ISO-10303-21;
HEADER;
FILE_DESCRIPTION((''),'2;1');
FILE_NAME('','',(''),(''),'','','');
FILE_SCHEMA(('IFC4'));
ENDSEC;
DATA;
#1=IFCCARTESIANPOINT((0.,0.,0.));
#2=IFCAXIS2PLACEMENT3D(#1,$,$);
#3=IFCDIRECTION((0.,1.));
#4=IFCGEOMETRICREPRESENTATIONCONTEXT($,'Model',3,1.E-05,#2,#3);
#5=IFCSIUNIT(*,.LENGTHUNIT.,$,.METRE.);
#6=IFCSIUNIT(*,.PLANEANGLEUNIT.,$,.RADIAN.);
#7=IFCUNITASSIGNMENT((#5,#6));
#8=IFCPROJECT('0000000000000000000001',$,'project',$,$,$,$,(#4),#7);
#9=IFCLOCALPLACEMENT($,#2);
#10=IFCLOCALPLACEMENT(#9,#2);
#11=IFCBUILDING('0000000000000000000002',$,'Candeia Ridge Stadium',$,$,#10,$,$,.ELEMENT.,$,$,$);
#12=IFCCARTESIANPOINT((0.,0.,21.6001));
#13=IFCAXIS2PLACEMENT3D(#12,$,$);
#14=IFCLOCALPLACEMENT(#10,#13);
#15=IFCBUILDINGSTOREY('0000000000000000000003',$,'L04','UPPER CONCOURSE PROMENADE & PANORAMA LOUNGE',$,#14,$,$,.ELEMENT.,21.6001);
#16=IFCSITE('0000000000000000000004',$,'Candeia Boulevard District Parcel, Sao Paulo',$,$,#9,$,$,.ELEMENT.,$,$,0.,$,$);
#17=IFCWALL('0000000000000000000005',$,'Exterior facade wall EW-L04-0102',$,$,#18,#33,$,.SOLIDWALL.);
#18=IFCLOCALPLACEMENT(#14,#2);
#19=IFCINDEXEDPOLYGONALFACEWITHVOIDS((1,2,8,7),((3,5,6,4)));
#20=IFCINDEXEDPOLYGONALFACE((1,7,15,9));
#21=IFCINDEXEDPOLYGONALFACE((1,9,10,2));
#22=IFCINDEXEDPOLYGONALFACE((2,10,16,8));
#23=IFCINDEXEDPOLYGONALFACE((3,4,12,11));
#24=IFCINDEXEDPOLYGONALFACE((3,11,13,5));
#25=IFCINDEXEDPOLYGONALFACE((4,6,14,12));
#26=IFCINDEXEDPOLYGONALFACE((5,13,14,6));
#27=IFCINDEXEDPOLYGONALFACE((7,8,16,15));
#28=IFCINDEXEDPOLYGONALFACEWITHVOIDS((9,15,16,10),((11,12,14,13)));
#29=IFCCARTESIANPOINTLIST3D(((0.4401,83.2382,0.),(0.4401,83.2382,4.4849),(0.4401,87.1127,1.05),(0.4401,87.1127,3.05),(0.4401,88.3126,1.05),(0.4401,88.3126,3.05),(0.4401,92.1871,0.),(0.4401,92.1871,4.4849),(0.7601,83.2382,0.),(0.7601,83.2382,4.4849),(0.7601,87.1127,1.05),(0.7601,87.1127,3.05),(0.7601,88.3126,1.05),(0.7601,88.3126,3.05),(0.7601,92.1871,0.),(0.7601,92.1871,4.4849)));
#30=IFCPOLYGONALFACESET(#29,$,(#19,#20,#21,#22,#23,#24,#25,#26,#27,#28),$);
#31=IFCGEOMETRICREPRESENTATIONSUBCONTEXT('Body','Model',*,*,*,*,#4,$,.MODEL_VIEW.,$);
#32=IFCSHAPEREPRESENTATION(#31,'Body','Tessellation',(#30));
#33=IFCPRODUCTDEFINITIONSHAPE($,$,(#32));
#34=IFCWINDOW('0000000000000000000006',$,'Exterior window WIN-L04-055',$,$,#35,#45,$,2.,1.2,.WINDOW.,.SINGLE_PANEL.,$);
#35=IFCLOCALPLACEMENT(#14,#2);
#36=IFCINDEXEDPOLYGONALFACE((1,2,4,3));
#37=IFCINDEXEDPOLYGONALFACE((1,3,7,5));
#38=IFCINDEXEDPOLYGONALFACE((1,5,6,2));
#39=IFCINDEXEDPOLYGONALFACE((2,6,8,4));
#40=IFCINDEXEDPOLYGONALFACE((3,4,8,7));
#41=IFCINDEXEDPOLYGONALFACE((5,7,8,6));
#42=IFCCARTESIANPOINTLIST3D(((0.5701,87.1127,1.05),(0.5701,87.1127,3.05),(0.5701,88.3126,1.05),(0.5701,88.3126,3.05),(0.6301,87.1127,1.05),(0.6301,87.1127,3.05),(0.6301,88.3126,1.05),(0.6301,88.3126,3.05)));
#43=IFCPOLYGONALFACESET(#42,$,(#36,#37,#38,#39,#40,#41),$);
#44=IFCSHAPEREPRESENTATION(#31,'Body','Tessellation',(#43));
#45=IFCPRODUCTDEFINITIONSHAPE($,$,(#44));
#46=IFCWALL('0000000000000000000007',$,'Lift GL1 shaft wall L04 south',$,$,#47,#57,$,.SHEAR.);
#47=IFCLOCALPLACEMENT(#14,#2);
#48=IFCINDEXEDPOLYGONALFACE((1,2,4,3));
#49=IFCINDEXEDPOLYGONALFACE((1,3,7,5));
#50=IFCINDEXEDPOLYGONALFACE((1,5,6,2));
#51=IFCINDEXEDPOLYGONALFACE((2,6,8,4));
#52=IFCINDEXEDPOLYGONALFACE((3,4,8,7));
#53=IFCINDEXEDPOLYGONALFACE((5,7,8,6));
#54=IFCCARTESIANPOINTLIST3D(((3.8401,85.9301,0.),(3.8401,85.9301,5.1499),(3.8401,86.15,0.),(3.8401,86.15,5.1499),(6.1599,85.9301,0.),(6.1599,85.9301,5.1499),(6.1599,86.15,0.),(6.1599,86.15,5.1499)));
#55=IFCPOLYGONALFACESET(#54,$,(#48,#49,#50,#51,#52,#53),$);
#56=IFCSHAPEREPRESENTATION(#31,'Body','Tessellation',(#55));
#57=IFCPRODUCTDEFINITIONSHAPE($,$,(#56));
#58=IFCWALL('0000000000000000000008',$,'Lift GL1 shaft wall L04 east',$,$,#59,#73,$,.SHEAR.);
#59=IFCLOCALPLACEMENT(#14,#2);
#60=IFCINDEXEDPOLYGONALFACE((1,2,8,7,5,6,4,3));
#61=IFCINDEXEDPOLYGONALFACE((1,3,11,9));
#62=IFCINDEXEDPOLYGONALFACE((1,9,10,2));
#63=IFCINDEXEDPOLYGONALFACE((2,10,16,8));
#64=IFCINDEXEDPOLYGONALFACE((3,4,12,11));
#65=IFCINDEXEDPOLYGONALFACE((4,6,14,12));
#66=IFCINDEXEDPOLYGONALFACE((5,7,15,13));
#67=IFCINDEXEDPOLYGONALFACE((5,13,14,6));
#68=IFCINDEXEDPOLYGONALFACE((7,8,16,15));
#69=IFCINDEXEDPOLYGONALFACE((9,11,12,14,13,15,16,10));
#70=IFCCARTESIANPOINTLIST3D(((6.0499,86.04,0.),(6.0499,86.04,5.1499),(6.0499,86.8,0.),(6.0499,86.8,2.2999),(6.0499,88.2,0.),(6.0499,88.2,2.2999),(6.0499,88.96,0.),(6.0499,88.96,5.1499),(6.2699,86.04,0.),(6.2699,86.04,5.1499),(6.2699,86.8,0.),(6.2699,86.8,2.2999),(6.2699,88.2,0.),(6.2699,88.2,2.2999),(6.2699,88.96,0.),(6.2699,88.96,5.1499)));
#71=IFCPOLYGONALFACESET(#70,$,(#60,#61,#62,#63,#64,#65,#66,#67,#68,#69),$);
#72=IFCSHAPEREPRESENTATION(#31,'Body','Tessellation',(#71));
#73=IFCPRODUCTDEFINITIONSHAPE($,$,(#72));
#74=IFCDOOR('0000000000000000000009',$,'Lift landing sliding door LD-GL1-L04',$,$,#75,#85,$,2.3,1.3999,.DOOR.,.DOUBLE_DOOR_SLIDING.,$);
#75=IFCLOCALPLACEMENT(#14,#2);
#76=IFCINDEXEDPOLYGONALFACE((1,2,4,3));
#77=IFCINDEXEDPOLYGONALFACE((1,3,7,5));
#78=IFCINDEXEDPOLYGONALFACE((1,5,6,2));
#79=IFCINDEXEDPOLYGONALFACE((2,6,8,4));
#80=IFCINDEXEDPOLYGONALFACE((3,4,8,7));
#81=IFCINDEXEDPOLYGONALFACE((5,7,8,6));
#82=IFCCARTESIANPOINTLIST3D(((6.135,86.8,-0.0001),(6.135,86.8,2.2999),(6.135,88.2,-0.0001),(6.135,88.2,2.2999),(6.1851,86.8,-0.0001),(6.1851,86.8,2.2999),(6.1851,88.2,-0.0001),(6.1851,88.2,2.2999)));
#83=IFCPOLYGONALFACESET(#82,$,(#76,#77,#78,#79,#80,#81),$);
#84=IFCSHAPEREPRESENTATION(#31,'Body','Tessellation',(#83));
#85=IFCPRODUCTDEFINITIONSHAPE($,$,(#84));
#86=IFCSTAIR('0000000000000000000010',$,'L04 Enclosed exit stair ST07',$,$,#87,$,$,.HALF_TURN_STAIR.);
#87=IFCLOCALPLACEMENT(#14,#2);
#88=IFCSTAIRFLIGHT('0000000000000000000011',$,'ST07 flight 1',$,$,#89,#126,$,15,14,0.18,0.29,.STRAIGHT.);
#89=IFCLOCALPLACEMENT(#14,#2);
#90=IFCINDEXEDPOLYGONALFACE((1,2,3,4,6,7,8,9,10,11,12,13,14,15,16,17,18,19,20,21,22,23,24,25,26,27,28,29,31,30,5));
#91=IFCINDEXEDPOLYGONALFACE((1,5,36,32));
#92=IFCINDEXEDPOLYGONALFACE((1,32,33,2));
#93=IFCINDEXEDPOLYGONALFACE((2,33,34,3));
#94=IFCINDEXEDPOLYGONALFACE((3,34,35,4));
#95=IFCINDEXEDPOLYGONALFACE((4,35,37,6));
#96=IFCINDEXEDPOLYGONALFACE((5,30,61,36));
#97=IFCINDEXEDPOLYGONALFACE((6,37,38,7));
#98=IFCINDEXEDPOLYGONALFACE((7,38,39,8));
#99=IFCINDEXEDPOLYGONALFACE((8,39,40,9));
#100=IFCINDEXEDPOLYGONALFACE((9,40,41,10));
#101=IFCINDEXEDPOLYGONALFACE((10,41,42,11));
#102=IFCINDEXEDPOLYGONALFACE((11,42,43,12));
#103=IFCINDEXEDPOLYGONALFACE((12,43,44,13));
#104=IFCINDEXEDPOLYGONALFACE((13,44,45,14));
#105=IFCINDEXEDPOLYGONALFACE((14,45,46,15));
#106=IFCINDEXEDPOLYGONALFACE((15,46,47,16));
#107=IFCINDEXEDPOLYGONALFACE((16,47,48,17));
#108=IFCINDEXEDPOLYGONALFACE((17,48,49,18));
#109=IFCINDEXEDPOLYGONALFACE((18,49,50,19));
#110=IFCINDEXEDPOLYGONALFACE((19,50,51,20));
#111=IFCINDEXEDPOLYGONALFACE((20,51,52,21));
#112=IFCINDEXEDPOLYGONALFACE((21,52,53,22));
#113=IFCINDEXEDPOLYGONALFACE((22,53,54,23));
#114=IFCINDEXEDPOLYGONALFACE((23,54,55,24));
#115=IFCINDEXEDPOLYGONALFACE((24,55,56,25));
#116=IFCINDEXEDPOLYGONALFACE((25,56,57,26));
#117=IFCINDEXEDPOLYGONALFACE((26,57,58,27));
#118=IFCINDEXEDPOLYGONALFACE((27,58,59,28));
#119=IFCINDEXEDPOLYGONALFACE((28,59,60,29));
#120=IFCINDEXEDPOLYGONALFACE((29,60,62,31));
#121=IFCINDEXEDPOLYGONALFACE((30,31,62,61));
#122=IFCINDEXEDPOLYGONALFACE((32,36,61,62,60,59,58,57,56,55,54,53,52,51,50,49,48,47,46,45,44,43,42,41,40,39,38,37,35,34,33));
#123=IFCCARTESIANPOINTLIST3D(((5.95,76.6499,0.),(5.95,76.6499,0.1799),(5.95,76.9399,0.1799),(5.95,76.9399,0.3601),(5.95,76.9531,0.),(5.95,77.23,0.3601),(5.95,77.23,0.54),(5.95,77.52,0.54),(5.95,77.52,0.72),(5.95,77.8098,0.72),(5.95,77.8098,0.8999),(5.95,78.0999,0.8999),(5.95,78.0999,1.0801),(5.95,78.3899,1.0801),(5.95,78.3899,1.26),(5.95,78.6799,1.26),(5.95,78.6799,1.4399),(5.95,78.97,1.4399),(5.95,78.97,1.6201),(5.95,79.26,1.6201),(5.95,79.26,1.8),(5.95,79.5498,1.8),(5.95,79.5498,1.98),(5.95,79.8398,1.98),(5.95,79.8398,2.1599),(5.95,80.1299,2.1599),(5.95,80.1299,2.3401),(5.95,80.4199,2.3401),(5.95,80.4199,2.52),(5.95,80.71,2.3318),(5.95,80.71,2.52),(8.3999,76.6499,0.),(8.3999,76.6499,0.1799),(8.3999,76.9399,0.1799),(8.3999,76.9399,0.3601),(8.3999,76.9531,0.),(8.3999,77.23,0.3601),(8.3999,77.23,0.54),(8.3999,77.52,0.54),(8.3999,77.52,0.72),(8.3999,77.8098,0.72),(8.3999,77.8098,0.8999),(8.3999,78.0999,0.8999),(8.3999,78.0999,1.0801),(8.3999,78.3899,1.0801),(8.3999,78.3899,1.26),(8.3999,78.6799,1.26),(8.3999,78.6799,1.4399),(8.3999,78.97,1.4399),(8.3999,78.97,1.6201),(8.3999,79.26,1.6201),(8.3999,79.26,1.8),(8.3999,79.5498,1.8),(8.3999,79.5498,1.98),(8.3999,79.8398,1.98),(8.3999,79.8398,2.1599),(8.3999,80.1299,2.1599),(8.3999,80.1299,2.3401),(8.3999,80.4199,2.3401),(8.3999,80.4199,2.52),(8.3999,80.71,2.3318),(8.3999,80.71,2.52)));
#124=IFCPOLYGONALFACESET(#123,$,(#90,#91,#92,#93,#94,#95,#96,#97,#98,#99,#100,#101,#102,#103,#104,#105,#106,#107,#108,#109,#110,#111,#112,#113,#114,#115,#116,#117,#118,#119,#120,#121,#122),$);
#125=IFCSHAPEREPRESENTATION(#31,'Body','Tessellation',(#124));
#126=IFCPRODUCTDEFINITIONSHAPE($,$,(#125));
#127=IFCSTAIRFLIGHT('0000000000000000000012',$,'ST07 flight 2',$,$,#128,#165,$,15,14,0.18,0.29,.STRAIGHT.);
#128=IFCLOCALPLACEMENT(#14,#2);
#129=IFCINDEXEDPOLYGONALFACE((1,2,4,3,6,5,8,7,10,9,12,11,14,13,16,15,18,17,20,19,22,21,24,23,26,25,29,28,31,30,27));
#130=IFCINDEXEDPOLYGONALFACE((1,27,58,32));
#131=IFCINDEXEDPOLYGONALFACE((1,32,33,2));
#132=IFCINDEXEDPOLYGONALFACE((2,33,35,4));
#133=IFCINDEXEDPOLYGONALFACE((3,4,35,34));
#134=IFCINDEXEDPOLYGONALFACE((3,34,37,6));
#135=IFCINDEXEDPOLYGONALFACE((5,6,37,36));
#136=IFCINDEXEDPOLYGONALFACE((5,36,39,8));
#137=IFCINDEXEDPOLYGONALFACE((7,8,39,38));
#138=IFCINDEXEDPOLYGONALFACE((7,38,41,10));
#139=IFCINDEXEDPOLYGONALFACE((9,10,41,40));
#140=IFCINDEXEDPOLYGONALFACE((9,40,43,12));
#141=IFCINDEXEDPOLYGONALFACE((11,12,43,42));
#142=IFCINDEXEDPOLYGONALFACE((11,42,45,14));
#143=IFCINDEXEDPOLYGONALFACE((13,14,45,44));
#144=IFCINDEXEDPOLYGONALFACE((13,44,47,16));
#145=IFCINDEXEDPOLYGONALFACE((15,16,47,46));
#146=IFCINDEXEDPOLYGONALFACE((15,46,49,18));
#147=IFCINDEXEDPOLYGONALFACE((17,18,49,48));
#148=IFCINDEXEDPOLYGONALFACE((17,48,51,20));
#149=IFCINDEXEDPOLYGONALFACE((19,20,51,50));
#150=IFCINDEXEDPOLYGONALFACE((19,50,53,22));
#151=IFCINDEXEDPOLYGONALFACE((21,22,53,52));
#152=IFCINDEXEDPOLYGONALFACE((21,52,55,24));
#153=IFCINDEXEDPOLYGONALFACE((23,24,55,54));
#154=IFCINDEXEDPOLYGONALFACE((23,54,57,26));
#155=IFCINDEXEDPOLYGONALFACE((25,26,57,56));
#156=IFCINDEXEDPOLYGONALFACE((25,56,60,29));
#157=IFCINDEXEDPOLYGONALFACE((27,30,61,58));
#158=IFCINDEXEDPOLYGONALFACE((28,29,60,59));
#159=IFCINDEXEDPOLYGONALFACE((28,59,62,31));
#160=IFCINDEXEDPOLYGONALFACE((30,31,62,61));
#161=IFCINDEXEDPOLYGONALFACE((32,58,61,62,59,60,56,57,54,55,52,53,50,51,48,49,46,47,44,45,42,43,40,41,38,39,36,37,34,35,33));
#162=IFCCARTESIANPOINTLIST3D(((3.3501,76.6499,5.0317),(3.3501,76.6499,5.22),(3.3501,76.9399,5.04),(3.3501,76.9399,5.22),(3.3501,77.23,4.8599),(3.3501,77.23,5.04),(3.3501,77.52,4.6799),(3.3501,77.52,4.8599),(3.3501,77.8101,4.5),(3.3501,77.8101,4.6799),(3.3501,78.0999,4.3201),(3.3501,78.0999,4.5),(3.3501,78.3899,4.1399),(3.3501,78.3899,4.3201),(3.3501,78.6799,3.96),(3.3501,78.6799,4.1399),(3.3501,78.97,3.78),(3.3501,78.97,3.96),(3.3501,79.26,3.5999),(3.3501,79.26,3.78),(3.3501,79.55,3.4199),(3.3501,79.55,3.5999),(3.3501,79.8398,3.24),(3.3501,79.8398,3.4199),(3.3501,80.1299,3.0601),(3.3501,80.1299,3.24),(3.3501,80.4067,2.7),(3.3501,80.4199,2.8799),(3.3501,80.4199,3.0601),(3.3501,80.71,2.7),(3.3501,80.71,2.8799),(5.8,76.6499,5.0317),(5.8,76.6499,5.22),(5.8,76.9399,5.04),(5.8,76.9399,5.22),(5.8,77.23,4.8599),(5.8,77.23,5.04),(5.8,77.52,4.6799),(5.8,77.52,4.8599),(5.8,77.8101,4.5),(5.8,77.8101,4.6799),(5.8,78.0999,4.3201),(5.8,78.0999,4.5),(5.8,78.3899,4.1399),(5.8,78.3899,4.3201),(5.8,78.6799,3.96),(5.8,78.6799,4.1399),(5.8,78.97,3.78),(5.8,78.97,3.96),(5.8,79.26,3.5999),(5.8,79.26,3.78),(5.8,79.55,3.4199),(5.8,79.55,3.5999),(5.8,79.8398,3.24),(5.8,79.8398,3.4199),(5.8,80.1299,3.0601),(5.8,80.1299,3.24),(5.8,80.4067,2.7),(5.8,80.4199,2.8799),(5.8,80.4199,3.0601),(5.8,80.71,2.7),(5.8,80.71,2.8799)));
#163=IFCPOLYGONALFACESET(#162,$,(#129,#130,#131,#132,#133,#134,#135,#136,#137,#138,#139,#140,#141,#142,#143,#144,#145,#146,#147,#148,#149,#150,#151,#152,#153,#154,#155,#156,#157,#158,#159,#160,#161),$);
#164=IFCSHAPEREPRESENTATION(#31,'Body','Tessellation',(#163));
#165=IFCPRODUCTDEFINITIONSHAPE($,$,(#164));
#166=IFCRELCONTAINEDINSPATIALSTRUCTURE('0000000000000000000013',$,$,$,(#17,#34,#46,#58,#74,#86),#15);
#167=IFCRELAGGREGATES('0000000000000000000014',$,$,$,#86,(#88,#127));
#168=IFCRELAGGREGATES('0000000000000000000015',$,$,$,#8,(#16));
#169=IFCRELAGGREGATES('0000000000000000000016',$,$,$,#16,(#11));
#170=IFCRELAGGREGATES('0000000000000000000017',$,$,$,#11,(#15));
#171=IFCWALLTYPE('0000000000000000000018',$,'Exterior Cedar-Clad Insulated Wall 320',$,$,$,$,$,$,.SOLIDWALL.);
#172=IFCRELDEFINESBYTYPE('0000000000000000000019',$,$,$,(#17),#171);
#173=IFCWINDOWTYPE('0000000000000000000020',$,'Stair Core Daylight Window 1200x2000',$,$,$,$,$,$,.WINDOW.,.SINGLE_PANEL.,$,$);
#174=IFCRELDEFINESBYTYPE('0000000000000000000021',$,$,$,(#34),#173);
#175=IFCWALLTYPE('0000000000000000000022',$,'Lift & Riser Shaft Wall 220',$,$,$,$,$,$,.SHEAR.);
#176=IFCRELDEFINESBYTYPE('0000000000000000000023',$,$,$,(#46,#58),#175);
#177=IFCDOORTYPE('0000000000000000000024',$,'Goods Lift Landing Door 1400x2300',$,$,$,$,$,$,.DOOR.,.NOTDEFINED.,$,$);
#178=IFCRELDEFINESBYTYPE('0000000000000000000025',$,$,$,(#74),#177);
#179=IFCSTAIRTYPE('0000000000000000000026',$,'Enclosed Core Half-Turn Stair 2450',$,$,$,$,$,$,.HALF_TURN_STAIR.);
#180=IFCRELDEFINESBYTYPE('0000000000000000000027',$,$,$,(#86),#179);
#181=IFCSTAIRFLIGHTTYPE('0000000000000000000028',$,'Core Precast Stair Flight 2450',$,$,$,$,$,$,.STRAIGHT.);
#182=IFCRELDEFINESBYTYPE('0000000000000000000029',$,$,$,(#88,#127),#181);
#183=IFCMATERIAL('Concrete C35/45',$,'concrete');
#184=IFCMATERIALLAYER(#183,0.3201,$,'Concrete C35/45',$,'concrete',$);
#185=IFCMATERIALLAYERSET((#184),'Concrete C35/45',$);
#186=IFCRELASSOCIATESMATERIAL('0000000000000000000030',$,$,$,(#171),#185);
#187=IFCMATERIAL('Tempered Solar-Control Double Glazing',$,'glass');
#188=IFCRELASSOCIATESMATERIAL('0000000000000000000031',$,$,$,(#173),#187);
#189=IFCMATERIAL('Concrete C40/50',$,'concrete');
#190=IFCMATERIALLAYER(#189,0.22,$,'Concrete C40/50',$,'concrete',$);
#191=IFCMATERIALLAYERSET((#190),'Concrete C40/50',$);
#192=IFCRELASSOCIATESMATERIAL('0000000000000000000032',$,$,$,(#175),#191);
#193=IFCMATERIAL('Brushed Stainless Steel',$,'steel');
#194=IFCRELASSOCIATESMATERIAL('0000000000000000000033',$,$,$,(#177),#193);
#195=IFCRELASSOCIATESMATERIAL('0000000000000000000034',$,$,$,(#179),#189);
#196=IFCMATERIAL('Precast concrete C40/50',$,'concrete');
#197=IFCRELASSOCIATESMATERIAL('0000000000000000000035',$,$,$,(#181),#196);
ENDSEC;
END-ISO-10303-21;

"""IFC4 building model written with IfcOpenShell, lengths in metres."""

from ifc_helpers import new_model, si_unit, direction, frame, frame_2d, origin, place, context, subcontext, project, spatial, polyline, rectangle, outline, extrude, material, layer, layer_set, type_object, element, fill, aggregate, save


model = new_model("IFC4")

# Units and contexts
model_context = context("Model", 3, precision=1e-05, world=origin(), true_north=direction((0.0, 1.0)))
body_context = subcontext(model_context, "Body", "Model", "MODEL_VIEW")
ifc_project = project(units=[si_unit("LENGTHUNIT", "METRE"), si_unit("PLANEANGLEUNIT", "RADIAN")], contexts=[model_context])

# Site, building, storey
site_placement = place(None, origin())
site = spatial("IfcSite", under=ifc_project, at=site_placement, Name="Candeia Boulevard District Parcel, Sao Paulo", CompositionType="ELEMENT", RefElevation=0.0)
building_placement = place(site_placement, origin())
building = spatial("IfcBuilding", under=site, at=building_placement, Name="Candeia Ridge Stadium", CompositionType="ELEMENT")
storey_placement = place(building_placement, frame((0.0, 0.0, 21.6001)))
storey = spatial("IfcBuildingStorey", under=building, at=storey_placement, Name="L04", Description="UPPER CONCOURSE PROMENADE & PANORAMA LOUNGE", CompositionType="ELEMENT", Elevation=21.6001)

# Shared definitions
ifc_material_1 = material(Name="Concrete C40/50", Category="concrete")

# Wall, opening, window
ifc_material_2 = material(Name="Concrete C35/45", Category="concrete")
ifc_layer_1 = layer(ifc_material_2, 0.3201, Name="Concrete C35/45", Category="concrete")
ifc_layer_set_1 = layer_set([ifc_layer_1], Name="Concrete C35/45")
wall_type_1 = type_object("IfcWallType", Name="Exterior Cedar-Clad Insulated Wall 320", PredefinedType="SOLIDWALL", material=ifc_layer_set_1)
wall_1_placement = place(storey_placement, frame((0.6001, 83.238, 0.0), z_axis=(0.0, 0.0, 1.0), x_axis=(0.0, 1.0, 0.0)))
wall_1 = element("IfcWall", 1, at=wall_1_placement, inside=storey, type_object=wall_type_1, Name="Exterior facade wall EW-L04-0102", PredefinedType="SOLIDWALL", context=body_context, shape_type="SweptSolid", body=[
    extrude(rectangle(XDim=8.949, YDim=0.3201, at=frame_2d((4.4746, 0.0))), origin(), (0.0, 0.0, 1.0), 4.4849),
])
opening_1_placement = place(wall_1_placement, frame((3.8745, 0.0, 1.05)))
opening_1 = element("IfcOpeningElement", 2, at=opening_1_placement, cuts=wall_1, PredefinedType="OPENING", context=body_context, shape_type="SweptSolid", body=[
    extrude(rectangle(XDim=1.2, YDim=2.0, at=frame_2d((0.6001, 1.0))), frame((0.0, 0.1699, 0.0), z_axis=(0.0, -1.0, 0.0), x_axis=(1.0, 0.0, 0.0)), (0.0, 0.0, 1.0), 0.3401),
])
ifc_material_3 = material(Name="Tempered Solar-Control Double Glazing", Category="glass")
window_type = type_object("IfcWindowType", Name="Stair Core Daylight Window 1200x2000", PartitioningType="SINGLE_PANEL", PredefinedType="WINDOW", material=ifc_material_3)
window_placement = place(opening_1_placement, origin())
window = element("IfcWindow", 3, at=window_placement, inside=storey, type_object=window_type, Name="Exterior window WIN-L04-055", OverallHeight=2.0, OverallWidth=1.2, PartitioningType="SINGLE_PANEL", PredefinedType="WINDOW", context=body_context, shape_type="SweptSolid", body=[
    extrude(rectangle(XDim=1.2, YDim=2.0, at=frame_2d((0.6001, 1.0))), frame((0.0, 0.03, 0.0), z_axis=(0.0, -1.0, 0.0), x_axis=(1.0, 0.0, 0.0)), (0.0, 0.0, 1.0), 0.0601),
])
fill(opening_1, window)

# Wall
ifc_layer_2 = layer(ifc_material_1, 0.22, Name="Concrete C40/50", Category="concrete")
ifc_layer_set_2 = layer_set([ifc_layer_2], Name="Concrete C40/50")
wall_type_2 = type_object("IfcWallType", Name="Lift & Riser Shaft Wall 220", PredefinedType="SHEAR", material=ifc_layer_set_2)
wall_2_placement = place(storey_placement, frame((3.8401, 86.04, 0.0), z_axis=(0.0, 0.0, 1.0), x_axis=(1.0, 0.0, 0.0)))
element("IfcWall", 4, at=wall_2_placement, inside=storey, type_object=wall_type_2, Name="Lift GL1 shaft wall L04 south", PredefinedType="SHEAR", context=body_context, shape_type="SweptSolid", body=[
    extrude(rectangle(XDim=2.3198, YDim=0.22, at=frame_2d((1.1599, 0.0))), origin(), (0.0, 0.0, 1.0), 5.1499),
])

# Wall, opening, door
wall_3_placement = place(storey_placement, frame((6.1599, 86.04, 0.0), z_axis=(0.0, 0.0, 1.0), x_axis=(0.0, 1.0, 0.0)))
wall_3 = element("IfcWall", 5, at=wall_3_placement, inside=storey, type_object=wall_type_2, Name="Lift GL1 shaft wall L04 east", PredefinedType="SHEAR", context=body_context, shape_type="SweptSolid", body=[
    extrude(rectangle(XDim=2.9199, YDim=0.22, at=frame_2d((1.46, 0.0))), origin(), (0.0, 0.0, 1.0), 5.1499),
])
opening_2_placement = place(wall_3_placement, frame((0.76, 0.0, 0.0)))
opening_2 = element("IfcOpeningElement", 6, at=opening_2_placement, cuts=wall_3, PredefinedType="OPENING", context=body_context, shape_type="SweptSolid", body=[
    extrude(rectangle(XDim=1.3999, YDim=2.3, at=frame_2d((0.7, 1.1499))), frame((0.0, 0.1199, 0.0), z_axis=(0.0, -1.0, 0.0), x_axis=(1.0, 0.0, 0.0)), (0.0, 0.0, 1.0), 0.24),
])
ifc_material_4 = material(Name="Brushed Stainless Steel", Category="steel")
door_type_1 = type_object("IfcDoorType", Name="Goods Lift Landing Door 1400x2300", OperationType="NOTDEFINED", PredefinedType="DOOR", material=ifc_material_4)
door_1_placement = place(opening_2_placement, origin())
door_1 = element("IfcDoor", 7, at=door_1_placement, inside=storey, type_object=door_type_1, Name="Lift landing sliding door LD-GL1-L04", OperationType="DOUBLE_DOOR_SLIDING", OverallHeight=2.3, OverallWidth=1.3999, PredefinedType="DOOR", context=body_context, shape_type="SweptSolid", body=[
    extrude(rectangle(XDim=1.3999, YDim=2.3, at=frame_2d((0.7, 1.1499))), frame((0.0, 0.0249, 0.0), z_axis=(0.0, -1.0, 0.0), x_axis=(1.0, 0.0, 0.0)), (0.0, 0.0, 1.0), 0.05),
])
fill(opening_2, door_1)

# Stair, stair flights
stair_type = type_object("IfcStairType", Name="Enclosed Core Half-Turn Stair 2450", PredefinedType="HALF_TURN_STAIR", material=ifc_material_1)
stair_placement = place(storey_placement, origin())
stair = element("IfcStair", 8, at=stair_placement, inside=storey, type_object=stair_type, Name="L04 Enclosed exit stair ST07", PredefinedType="HALF_TURN_STAIR")
ifc_material_5 = material(Name="Precast concrete C40/50", Category="concrete")
stair_flight_type = type_object("IfcStairFlightType", Name="Core Precast Stair Flight 2450", PredefinedType="STRAIGHT", material=ifc_material_5)
stair_flight_1_placement = place(storey_placement, frame((7.175, 76.6499, 0.0), z_axis=(0.0, 0.0, 1.0), x_axis=(0.0, 1.0, 0.0)))
stair_flight_1 = element("IfcStairFlight", 9, at=stair_flight_1_placement, type_object=stair_flight_type, Name="ST07 flight 1", NumberOfRisers=15, NumberOfTreads=14, PredefinedType="STRAIGHT", RiserHeight=0.18, TreadLength=0.29, context=body_context, shape_type="SweptSolid", body=[
    extrude(outline(polyline([(0.0, 0.0), (0.0, 0.1799), (0.29, 0.1799), (0.29, 0.3601), (0.5801, 0.3601), (0.5801, 0.54), (0.8701, 0.54), (0.8701, 0.72), (1.1599, 0.72), (1.1599, 0.8999), (1.45, 0.8999), (1.45, 1.0801), (1.74, 1.0801), (1.74, 1.26), (2.03, 1.26), (2.03, 1.4399), (2.3201, 1.4399), (2.3201, 1.6201), (2.6101, 1.6201), (2.6101, 1.8), (2.8999, 1.8), (2.8999, 1.98), (3.1899, 1.98), (3.1899, 2.1599), (3.48, 2.1599), (3.48, 2.3401), (3.77, 2.3401), (3.77, 2.52), (4.0601, 2.52), (4.0601, 2.7), (4.0601, 2.3318), (0.3032, 0.0), (0.0, 0.0)])), frame((0.0, 1.2251, 0.0), z_axis=(0.0, -1.0, 0.0), x_axis=(1.0, 0.0, 0.0)), (0.0, 0.0, 1.0), 2.45),
])
stair_flight_2_placement = place(storey_placement, frame((4.575, 80.71, 2.7), z_axis=(0.0, 0.0, 1.0), x_axis=(0.0, -1.0, 0.0)))
stair_flight_2 = element("IfcStairFlight", 10, at=stair_flight_2_placement, type_object=stair_flight_type, Name="ST07 flight 2", NumberOfRisers=15, NumberOfTreads=14, PredefinedType="STRAIGHT", RiserHeight=0.18, TreadLength=0.29, context=body_context, shape_type="SweptSolid", body=[
    extrude(outline(polyline([(0.0, 0.0), (0.0, 0.1799), (0.29, 0.1799), (0.29, 0.3601), (0.5801, 0.3601), (0.5801, 0.54), (0.8701, 0.54), (0.8701, 0.72), (1.1599, 0.72), (1.1599, 0.8999), (1.45, 0.8999), (1.45, 1.0801), (1.74, 1.0801), (1.74, 1.26), (2.03, 1.26), (2.03, 1.4399), (2.3201, 1.4399), (2.3201, 1.6201), (2.6101, 1.6201), (2.6101, 1.8), (2.8999, 1.8), (2.8999, 1.98), (3.1899, 1.98), (3.1899, 2.1599), (3.48, 2.1599), (3.48, 2.3401), (3.77, 2.3401), (3.77, 2.52), (4.0601, 2.52), (4.0601, 2.7), (4.0601, 2.3318), (0.3032, 0.0), (0.0, 0.0)])), frame((0.0, 1.2251, 0.0), z_axis=(0.0, -1.0, 0.0), x_axis=(1.0, 0.0, 0.0)), (0.0, 0.0, 1.0), 2.45),
])
aggregate(stair, [stair_flight_1, stair_flight_2])

save(model, "model.ifc")
